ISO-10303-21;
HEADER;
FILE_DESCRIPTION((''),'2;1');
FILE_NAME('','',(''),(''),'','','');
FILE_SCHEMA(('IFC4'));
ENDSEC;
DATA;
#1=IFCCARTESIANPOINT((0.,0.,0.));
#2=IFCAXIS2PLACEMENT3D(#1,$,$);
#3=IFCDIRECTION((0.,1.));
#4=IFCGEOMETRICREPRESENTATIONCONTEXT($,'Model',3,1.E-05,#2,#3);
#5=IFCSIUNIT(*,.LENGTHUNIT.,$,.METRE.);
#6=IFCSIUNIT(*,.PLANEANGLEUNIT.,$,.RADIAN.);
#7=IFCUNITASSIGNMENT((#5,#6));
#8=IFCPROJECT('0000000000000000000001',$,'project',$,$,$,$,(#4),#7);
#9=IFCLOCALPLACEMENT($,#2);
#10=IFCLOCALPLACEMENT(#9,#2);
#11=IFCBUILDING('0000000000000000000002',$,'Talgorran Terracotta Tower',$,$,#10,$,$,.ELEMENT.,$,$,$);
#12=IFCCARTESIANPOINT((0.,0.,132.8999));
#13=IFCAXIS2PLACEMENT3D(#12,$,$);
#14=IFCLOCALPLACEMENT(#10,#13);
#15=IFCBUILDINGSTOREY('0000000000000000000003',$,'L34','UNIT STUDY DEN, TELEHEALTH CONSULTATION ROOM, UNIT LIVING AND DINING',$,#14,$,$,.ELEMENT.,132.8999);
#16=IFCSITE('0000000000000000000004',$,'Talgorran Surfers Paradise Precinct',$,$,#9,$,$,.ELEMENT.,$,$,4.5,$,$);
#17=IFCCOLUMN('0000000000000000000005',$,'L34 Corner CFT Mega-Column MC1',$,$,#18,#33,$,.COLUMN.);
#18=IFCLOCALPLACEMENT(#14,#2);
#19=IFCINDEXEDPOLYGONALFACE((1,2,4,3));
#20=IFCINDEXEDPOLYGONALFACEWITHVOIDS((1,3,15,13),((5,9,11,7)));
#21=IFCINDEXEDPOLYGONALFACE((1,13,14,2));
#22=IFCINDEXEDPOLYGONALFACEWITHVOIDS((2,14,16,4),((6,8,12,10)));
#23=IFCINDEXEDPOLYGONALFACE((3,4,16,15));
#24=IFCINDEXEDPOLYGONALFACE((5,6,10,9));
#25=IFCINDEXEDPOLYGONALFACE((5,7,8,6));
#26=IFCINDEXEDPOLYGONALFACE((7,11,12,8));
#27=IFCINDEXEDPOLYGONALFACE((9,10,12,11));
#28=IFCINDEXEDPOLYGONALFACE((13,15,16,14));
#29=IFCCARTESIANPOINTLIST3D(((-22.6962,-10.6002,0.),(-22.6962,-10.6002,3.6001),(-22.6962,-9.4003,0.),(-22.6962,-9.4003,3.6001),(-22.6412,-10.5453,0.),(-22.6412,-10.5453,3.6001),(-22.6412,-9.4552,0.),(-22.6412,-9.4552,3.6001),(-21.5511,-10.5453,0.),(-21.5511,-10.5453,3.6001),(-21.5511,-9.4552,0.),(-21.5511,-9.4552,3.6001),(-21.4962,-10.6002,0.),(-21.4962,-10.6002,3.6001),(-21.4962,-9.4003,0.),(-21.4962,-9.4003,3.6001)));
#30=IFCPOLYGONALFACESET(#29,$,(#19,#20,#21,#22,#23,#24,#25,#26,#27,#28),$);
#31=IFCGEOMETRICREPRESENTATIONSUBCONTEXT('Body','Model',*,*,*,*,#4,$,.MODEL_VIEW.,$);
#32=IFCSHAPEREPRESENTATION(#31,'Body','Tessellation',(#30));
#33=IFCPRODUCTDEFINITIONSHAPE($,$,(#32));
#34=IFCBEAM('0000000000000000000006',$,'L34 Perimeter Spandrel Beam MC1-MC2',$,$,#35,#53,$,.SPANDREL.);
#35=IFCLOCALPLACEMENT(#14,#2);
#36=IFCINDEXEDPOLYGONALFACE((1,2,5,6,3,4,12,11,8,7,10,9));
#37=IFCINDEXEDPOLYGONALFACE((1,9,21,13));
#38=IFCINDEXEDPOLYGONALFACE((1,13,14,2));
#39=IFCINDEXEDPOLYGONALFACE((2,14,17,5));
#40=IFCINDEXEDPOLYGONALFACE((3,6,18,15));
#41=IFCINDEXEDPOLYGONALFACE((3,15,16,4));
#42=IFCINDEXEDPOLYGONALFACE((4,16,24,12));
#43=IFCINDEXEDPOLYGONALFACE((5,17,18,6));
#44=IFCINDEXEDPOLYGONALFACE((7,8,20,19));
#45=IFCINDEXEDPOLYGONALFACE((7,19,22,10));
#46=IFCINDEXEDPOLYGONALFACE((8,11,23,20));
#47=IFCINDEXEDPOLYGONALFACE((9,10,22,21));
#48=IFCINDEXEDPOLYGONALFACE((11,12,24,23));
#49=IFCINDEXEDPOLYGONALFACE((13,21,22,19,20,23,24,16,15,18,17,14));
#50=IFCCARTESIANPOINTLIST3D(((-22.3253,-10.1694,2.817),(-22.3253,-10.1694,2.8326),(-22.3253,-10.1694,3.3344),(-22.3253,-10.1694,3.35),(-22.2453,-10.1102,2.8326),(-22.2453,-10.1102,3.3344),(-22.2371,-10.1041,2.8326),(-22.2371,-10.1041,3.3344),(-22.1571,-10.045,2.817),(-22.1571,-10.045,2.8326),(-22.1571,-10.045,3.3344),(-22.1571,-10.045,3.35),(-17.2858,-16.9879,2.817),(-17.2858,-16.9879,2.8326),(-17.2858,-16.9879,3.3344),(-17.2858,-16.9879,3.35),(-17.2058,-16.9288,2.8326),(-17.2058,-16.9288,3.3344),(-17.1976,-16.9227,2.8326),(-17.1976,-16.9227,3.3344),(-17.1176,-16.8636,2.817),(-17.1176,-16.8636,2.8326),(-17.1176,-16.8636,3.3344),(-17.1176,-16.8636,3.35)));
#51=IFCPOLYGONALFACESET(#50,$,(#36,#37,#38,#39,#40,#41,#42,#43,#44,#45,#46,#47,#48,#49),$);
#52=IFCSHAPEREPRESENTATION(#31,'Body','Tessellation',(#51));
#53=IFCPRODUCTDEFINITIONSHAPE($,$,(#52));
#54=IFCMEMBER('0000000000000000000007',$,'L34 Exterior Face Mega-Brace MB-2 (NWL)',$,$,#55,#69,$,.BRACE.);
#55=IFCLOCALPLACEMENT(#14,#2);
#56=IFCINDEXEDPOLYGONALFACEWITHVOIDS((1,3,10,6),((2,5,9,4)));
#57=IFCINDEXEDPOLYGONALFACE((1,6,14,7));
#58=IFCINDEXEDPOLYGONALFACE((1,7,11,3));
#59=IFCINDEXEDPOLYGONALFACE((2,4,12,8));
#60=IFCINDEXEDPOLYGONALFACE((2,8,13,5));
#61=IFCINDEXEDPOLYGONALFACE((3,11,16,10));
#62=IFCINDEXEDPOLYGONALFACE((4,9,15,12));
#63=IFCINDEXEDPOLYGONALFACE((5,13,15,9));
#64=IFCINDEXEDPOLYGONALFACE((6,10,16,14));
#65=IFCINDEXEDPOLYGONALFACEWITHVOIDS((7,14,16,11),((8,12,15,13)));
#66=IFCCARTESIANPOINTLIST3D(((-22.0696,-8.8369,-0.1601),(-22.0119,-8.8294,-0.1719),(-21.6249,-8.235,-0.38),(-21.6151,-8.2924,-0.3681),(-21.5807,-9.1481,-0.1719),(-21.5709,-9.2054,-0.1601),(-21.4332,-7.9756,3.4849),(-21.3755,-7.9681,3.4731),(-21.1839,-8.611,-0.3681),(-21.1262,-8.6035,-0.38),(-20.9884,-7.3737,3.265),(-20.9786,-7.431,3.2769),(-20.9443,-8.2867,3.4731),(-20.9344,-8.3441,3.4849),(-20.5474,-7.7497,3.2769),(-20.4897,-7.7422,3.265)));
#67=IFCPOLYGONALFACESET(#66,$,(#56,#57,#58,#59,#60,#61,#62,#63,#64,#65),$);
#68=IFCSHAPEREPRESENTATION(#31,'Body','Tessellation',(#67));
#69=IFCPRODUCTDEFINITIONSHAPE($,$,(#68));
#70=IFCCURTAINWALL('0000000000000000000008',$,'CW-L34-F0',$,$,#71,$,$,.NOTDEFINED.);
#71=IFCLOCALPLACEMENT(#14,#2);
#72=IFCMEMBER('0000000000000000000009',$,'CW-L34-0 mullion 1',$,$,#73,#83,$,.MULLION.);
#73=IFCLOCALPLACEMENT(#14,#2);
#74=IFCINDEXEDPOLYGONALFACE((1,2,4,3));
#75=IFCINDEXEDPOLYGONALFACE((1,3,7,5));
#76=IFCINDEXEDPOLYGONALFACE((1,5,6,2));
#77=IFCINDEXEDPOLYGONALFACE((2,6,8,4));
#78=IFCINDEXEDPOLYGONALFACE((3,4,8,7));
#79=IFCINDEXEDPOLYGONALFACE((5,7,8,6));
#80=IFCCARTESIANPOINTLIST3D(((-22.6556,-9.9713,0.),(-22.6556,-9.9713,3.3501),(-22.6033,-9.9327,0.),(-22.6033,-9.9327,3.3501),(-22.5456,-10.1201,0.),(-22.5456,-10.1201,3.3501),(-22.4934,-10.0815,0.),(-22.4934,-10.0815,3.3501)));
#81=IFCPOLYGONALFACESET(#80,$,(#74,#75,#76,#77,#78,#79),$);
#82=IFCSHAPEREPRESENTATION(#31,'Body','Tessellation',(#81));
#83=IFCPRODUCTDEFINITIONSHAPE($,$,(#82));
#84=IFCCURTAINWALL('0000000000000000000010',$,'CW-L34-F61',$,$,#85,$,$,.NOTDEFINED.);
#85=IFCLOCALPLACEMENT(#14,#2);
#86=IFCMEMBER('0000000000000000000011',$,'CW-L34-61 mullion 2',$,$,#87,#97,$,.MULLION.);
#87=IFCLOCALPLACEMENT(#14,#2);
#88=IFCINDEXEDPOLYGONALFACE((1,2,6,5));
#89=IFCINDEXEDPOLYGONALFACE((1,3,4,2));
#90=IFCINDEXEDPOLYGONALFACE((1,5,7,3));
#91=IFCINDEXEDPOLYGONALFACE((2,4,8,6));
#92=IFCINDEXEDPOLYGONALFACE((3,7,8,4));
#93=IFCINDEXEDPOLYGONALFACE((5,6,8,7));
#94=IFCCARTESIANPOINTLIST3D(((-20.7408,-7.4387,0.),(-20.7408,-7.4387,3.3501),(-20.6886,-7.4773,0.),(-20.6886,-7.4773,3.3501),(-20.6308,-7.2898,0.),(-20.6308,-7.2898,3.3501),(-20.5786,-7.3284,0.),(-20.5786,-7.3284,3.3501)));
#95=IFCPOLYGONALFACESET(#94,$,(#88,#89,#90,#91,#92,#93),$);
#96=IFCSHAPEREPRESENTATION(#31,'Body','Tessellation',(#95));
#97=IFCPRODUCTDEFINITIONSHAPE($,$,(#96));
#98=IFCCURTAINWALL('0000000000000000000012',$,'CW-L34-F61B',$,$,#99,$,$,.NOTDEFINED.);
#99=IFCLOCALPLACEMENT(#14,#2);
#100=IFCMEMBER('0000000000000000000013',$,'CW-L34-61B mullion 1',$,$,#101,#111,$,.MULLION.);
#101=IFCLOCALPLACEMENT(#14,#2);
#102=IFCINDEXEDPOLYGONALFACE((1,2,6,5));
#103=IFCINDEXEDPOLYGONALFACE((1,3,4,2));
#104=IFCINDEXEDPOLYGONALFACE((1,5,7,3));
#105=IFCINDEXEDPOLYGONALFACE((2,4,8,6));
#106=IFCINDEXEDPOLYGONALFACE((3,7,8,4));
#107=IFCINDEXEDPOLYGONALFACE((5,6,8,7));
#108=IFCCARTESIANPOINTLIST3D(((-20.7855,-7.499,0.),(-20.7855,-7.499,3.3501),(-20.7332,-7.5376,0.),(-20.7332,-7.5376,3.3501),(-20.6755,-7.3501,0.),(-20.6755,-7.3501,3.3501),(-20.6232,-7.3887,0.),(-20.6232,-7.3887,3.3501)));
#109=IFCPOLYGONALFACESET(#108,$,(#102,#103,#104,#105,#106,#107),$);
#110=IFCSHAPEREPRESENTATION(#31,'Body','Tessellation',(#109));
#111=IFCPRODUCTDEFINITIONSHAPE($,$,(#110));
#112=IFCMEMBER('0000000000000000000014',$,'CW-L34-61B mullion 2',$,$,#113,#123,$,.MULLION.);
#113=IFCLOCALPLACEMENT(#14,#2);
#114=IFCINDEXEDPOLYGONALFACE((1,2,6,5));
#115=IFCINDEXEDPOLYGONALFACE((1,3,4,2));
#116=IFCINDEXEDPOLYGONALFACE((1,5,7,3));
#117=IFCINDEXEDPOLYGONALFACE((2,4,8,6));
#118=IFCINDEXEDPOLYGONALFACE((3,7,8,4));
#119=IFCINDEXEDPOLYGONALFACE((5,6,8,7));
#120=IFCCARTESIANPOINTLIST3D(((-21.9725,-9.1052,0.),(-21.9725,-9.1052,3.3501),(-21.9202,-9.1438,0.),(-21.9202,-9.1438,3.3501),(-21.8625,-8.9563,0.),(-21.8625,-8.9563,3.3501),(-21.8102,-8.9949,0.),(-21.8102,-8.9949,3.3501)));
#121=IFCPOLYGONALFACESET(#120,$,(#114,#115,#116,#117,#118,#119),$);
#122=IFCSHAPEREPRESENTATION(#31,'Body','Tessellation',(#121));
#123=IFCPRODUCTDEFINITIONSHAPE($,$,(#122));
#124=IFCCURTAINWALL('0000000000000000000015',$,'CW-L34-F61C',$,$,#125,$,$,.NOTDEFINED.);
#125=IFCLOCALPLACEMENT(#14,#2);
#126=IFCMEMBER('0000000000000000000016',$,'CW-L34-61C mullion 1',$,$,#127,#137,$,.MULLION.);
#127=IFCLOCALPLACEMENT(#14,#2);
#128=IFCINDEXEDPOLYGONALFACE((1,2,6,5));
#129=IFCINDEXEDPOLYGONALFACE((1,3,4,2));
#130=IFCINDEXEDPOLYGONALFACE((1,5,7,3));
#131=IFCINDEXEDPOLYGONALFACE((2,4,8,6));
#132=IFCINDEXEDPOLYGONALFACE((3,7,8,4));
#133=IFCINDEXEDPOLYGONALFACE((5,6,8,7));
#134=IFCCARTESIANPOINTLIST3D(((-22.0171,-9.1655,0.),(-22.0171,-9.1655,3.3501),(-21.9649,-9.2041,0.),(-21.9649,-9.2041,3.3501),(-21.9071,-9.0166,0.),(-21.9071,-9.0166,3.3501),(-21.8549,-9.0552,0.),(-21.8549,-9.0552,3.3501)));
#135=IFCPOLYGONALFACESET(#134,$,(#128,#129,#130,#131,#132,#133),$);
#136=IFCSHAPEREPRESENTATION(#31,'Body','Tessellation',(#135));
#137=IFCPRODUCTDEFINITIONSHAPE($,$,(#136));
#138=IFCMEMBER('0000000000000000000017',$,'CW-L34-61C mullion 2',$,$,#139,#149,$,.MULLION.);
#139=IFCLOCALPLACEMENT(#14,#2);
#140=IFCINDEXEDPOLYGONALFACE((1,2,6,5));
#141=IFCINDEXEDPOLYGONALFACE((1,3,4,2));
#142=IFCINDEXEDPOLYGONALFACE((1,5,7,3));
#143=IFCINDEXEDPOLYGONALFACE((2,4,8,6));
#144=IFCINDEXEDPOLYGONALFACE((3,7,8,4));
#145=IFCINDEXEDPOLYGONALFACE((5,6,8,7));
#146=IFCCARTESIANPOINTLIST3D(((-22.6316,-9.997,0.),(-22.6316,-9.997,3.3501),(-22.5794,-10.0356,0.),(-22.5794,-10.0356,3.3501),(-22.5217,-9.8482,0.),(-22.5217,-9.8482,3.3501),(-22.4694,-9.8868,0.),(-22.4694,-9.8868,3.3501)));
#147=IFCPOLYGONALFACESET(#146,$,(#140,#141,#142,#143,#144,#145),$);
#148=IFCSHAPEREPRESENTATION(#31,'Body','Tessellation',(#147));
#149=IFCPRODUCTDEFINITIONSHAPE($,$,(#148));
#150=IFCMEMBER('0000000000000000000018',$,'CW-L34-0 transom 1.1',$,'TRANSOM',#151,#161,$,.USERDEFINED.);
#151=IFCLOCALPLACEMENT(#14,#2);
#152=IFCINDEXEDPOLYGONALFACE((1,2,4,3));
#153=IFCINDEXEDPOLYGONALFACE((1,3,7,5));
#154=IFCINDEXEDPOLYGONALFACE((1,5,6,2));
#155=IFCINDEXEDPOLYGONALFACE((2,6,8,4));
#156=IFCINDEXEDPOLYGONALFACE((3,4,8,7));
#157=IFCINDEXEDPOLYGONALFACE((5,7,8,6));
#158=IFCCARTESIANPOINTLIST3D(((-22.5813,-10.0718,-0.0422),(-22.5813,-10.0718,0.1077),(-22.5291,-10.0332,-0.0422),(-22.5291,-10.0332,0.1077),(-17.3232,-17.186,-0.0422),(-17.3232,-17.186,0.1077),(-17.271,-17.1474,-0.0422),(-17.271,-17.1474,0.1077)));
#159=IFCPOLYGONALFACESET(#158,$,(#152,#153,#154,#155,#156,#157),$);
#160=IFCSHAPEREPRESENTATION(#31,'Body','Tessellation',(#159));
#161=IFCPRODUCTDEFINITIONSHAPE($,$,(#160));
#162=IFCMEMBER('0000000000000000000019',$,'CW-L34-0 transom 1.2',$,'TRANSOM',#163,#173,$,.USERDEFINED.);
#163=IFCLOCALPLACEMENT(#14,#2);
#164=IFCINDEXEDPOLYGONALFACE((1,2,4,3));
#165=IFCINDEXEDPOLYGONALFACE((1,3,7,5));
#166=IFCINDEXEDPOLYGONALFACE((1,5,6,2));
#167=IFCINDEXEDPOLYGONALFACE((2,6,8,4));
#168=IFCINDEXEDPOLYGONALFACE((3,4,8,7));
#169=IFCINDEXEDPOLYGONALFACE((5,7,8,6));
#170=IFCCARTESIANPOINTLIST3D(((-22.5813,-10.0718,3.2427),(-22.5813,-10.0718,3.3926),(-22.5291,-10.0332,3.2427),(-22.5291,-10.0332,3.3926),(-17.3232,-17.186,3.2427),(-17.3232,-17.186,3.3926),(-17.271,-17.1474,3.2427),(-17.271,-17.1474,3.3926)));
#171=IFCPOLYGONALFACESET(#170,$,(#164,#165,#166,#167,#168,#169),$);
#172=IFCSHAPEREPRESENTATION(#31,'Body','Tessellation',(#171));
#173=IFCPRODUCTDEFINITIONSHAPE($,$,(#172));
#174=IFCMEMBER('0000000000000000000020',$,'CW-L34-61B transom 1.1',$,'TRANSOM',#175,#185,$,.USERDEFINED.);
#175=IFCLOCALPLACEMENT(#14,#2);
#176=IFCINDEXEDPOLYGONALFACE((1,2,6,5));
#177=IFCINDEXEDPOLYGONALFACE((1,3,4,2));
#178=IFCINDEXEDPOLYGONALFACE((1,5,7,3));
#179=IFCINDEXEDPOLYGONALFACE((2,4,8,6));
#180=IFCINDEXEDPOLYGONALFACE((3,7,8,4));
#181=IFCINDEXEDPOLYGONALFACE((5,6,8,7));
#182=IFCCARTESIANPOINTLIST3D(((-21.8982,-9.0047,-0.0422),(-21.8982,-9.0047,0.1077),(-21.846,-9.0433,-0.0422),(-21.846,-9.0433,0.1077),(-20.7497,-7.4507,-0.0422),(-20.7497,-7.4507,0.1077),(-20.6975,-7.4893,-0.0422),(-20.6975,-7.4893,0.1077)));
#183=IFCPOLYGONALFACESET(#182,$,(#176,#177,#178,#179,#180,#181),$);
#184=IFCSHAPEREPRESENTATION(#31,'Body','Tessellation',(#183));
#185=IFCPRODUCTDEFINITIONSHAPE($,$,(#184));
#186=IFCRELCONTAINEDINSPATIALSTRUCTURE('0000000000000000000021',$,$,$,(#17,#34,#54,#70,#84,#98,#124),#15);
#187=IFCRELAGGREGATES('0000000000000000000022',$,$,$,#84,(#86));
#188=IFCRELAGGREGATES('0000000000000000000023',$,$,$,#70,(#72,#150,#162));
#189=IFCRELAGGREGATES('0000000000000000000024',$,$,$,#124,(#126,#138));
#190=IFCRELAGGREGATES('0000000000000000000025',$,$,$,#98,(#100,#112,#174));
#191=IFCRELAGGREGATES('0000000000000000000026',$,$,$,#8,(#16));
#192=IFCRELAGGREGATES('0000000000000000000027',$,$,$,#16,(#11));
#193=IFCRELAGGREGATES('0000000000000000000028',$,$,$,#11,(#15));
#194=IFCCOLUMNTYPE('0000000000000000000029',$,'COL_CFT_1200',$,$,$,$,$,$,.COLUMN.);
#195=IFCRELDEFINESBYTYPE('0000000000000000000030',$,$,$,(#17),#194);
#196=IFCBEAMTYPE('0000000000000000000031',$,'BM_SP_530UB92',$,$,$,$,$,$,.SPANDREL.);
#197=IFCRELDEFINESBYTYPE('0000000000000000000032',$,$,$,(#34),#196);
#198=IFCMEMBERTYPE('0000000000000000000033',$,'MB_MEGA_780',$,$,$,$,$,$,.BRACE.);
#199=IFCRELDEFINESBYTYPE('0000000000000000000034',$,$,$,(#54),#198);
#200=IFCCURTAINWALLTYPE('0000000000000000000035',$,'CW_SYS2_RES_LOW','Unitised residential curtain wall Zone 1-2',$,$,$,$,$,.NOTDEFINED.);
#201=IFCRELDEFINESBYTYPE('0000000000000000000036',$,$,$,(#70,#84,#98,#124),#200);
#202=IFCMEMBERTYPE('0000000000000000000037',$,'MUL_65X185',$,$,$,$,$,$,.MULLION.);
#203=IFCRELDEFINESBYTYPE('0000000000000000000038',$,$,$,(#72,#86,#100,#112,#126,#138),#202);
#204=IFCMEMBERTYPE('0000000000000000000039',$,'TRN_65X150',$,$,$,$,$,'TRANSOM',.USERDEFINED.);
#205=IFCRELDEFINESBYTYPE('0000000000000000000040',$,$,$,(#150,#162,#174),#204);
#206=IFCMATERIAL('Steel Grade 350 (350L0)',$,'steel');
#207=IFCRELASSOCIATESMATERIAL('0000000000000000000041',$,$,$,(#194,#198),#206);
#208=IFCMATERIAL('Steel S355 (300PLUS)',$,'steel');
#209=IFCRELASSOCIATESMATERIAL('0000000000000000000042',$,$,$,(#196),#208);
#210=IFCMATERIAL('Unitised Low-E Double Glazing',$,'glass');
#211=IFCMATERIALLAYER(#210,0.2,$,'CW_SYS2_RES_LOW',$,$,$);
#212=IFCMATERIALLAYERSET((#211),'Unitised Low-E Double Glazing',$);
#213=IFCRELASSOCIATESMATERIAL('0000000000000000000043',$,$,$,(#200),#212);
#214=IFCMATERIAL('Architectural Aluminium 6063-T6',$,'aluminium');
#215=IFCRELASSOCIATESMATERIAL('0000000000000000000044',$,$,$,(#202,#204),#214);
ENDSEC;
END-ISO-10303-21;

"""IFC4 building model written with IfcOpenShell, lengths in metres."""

from ifc_helpers import new_model, si_unit, direction, frame, origin, origin_2d, place, context, subcontext, project, spatial, rectangle, hollow_rectangle, i_section, extrude, material, layer, layer_set, material_profile, profile_set, type_object, element, aggregate, save


model = new_model("IFC4")

# Units and contexts
model_context = context("Model", 3, precision=1e-05, world=origin(), true_north=direction((0.0, 1.0)))
body_context = subcontext(model_context, "Body", "Model", "MODEL_VIEW")
ifc_project = project(units=[si_unit("LENGTHUNIT", "METRE"), si_unit("PLANEANGLEUNIT", "RADIAN")], contexts=[model_context])

# Site, building, storey
site_placement = place(None, origin())
site = spatial("IfcSite", under=ifc_project, at=site_placement, Name="Talgorran Surfers Paradise Precinct", CompositionType="ELEMENT", RefElevation=4.5)
building_placement = place(site_placement, origin())
building = spatial("IfcBuilding", under=site, at=building_placement, Name="Talgorran Terracotta Tower", CompositionType="ELEMENT")
storey_placement = place(building_placement, frame((0.0, 0.0, 132.8999)))
storey = spatial("IfcBuildingStorey", under=building, at=storey_placement, Name="L34", Description="UNIT STUDY DEN, TELEHEALTH CONSULTATION ROOM, UNIT LIVING AND DINING", CompositionType="ELEMENT", Elevation=132.8999)

# Column
ifc_material_1 = material(Name="Steel Grade 350 (350L0)", Category="steel")
ifc_material_profile_1 = material_profile(ifc_material_1, hollow_rectangle(XDim=1.2, YDim=1.2, WallThickness=0.0549, at=origin_2d()), Name="CFT1200X1200X55")
ifc_profile_set_1 = profile_set([ifc_material_profile_1], Name="Steel Grade 350 (350L0)")
column_type = type_object("IfcColumnType", Name="COL_CFT_1200", PredefinedType="COLUMN", material=ifc_profile_set_1)
column_placement = place(storey_placement, frame((-22.0962, -10.0002, 0.0), z_axis=(0.0, 0.0, 1.0), x_axis=(1.0, 0.0, 0.0)))
element("IfcColumn", 1, at=column_placement, inside=storey, type_object=column_type, Name="L34 Corner CFT Mega-Column MC1", PredefinedType="COLUMN", context=body_context, shape_type="SweptSolid", body=[
    extrude(hollow_rectangle(XDim=1.2, YDim=1.2, WallThickness=0.0549, at=origin_2d()), origin(), (0.0, 0.0, 1.0), 3.6001),
])

# Beam
ifc_material_2 = material(Name="Steel S355 (300PLUS)", Category="steel")
ifc_material_profile_2 = material_profile(ifc_material_2, i_section(OverallWidth=0.2092, OverallDepth=0.533, WebThickness=0.0103, FlangeThickness=0.0156, at=origin_2d()), Name="530UB92.4")
ifc_profile_set_2 = profile_set([ifc_material_profile_2], Name="Steel S355 (300PLUS)")
beam_type = type_object("IfcBeamType", Name="BM_SP_530UB92", PredefinedType="SPANDREL", material=ifc_profile_set_2)
beam_placement = place(storey_placement, frame((-22.2412, -10.1072, 3.0835), z_axis=(0.594369, -0.804192, 0.0), x_axis=(0.804192, 0.594369, 0.0)))
element("IfcBeam", 2, at=beam_placement, inside=storey, type_object=beam_type, Name="L34 Perimeter Spandrel Beam MC1-MC2", PredefinedType="SPANDREL", context=body_context, shape_type="SweptSolid", body=[
    extrude(i_section(OverallWidth=0.2092, OverallDepth=0.533, WebThickness=0.0103, FlangeThickness=0.0156, at=origin_2d()), origin(), (0.0, 0.0, 1.0), 8.4788),
])

# Member
ifc_material_profile_3 = material_profile(ifc_material_1, hollow_rectangle(XDim=0.6201, YDim=0.78, WallThickness=0.042, at=origin_2d()), Name="WBOX780X620X42")
ifc_profile_set_3 = profile_set([ifc_material_profile_3], Name="Steel Grade 350 (350L0)")
member_type_1 = type_object("IfcMemberType", Name="MB_MEGA_780", PredefinedType="BRACE", material=ifc_profile_set_3)
member_1_placement = place(storey_placement, frame((-21.5979, -8.7202, -0.27), z_axis=(0.167533, 0.226719, 0.959443), x_axis=(-0.804247, 0.594295, 0.0)))
element("IfcMember", 3, at=member_1_placement, inside=storey, type_object=member_type_1, Name="L34 Exterior Face Mega-Brace MB-2 (NWL)", PredefinedType="BRACE", context=body_context, shape_type="SweptSolid", body=[
    extrude(hollow_rectangle(XDim=0.6201, YDim=0.78, WallThickness=0.042, at=origin_2d()), origin(), (0.0, 0.0, 1.0), 3.7991),
])

# Curtain walls, members
ifc_material_3 = material(Name="Unitised Low-E Double Glazing", Category="glass")
ifc_layer_1 = layer(ifc_material_3, 0.2, Name="CW_SYS2_RES_LOW")
ifc_layer_set_1 = layer_set([ifc_layer_1], Name="Unitised Low-E Double Glazing")
curtain_wall_type = type_object("IfcCurtainWallType", Name="CW_SYS2_RES_LOW", Description="Unitised residential curtain wall Zone 1-2", PredefinedType="NOTDEFINED", material=ifc_layer_set_1)
curtain_wall_1_placement = place(storey_placement, origin())
curtain_wall_1 = element("IfcCurtainWall", 4, at=curtain_wall_1_placement, inside=storey, type_object=curtain_wall_type, Name="CW-L34-F0", PredefinedType="NOTDEFINED")
ifc_material_4 = material(Name="Architectural Aluminium 6063-T6", Category="aluminium")
ifc_material_profile_4 = material_profile(ifc_material_4, rectangle(XDim=0.0649, YDim=0.1851, at=origin_2d()), Name="CWM65X185")
ifc_profile_set_4 = profile_set([ifc_material_profile_4], Name="Architectural Aluminium 6063-T6")
member_type_2 = type_object("IfcMemberType", Name="MUL_65X185", PredefinedType="MULLION", material=ifc_profile_set_4)
member_2_placement = place(storey_placement, frame((-22.5745, -10.0264, 0.0), z_axis=(0.0, 0.0, 1.0), x_axis=(0.804201, 0.594358, 0.0)))
member_2 = element("IfcMember", 5, at=member_2_placement, type_object=member_type_2, Name="CW-L34-0 mullion 1", PredefinedType="MULLION", context=body_context, shape_type="SweptSolid", body=[
    extrude(rectangle(XDim=0.0649, YDim=0.1851, at=origin_2d()), origin(), (0.0, 0.0, 1.0), 3.3501),
])
curtain_wall_2_placement = place(storey_placement, origin())
curtain_wall_2 = element("IfcCurtainWall", 6, at=curtain_wall_2_placement, inside=storey, type_object=curtain_wall_type, Name="CW-L34-F61", PredefinedType="NOTDEFINED")
member_3_placement = place(storey_placement, frame((-20.6597, -7.3835, 0.0), z_axis=(0.0, 0.0, 1.0), x_axis=(0.804198, -0.594362, 0.0)))
member_3 = element("IfcMember", 7, at=member_3_placement, type_object=member_type_2, Name="CW-L34-61 mullion 2", PredefinedType="MULLION", context=body_context, shape_type="SweptSolid", body=[
    extrude(rectangle(XDim=0.0649, YDim=0.1851, at=origin_2d()), origin(), (0.0, 0.0, 1.0), 3.3501),
])
aggregate(curtain_wall_2, [member_3])

# Curtain walls, members
curtain_wall_3_placement = place(storey_placement, origin())
curtain_wall_3 = element("IfcCurtainWall", 8, at=curtain_wall_3_placement, inside=storey, type_object=curtain_wall_type, Name="CW-L34-F61B", PredefinedType="NOTDEFINED")
member_4_placement = place(storey_placement, frame((-20.7043, -7.4438, 0.0), z_axis=(0.0, 0.0, 1.0), x_axis=(0.80421, -0.594345, 0.0)))
member_4 = element("IfcMember", 9, at=member_4_placement, type_object=member_type_2, Name="CW-L34-61B mullion 1", PredefinedType="MULLION", context=body_context, shape_type="SweptSolid", body=[
    extrude(rectangle(XDim=0.0649, YDim=0.1851, at=origin_2d()), origin(), (0.0, 0.0, 1.0), 3.3501),
])
member_5_placement = place(storey_placement, frame((-21.8914, -9.05, 0.0), z_axis=(0.0, 0.0, 1.0), x_axis=(0.80421, -0.594345, 0.0)))
member_5 = element("IfcMember", 10, at=member_5_placement, type_object=member_type_2, Name="CW-L34-61B mullion 2", PredefinedType="MULLION", context=body_context, shape_type="SweptSolid", body=[
    extrude(rectangle(XDim=0.0649, YDim=0.1851, at=origin_2d()), origin(), (0.0, 0.0, 1.0), 3.3501),
])
curtain_wall_4_placement = place(storey_placement, origin())
curtain_wall_4 = element("IfcCurtainWall", 11, at=curtain_wall_4_placement, inside=storey, type_object=curtain_wall_type, Name="CW-L34-F61C", PredefinedType="NOTDEFINED")
member_6_placement = place(storey_placement, frame((-21.936, -9.1104, 0.0), z_axis=(0.0, 0.0, 1.0), x_axis=(0.804184, -0.594381, 0.0)))
member_6 = element("IfcMember", 12, at=member_6_placement, type_object=member_type_2, Name="CW-L34-61C mullion 1", PredefinedType="MULLION", context=body_context, shape_type="SweptSolid", body=[
    extrude(rectangle(XDim=0.0649, YDim=0.1851, at=origin_2d()), origin(), (0.0, 0.0, 1.0), 3.3501),
])
member_7_placement = place(storey_placement, frame((-22.5505, -9.9419, 0.0), z_axis=(0.0, 0.0, 1.0), x_axis=(0.804184, -0.594381, 0.0)))
member_7 = element("IfcMember", 13, at=member_7_placement, type_object=member_type_2, Name="CW-L34-61C mullion 2", PredefinedType="MULLION", context=body_context, shape_type="SweptSolid", body=[
    extrude(rectangle(XDim=0.0649, YDim=0.1851, at=origin_2d()), origin(), (0.0, 0.0, 1.0), 3.3501),
])

# Members
ifc_material_profile_5 = material_profile(ifc_material_4, rectangle(XDim=0.0649, YDim=0.1499, at=origin_2d()), Name="CWT65X150")
ifc_profile_set_5 = profile_set([ifc_material_profile_5], Name="Architectural Aluminium 6063-T6")
member_type_3 = type_object("IfcMemberType", Name="TRN_65X150", ElementType="TRANSOM", PredefinedType="USERDEFINED", material=ifc_profile_set_5)
member_8_placement = place(storey_placement, frame((-22.5552, -10.0525, 0.0327), z_axis=(0.594369, -0.804193, 0.0), x_axis=(0.804193, 0.594369, 0.0)))
member_8 = element("IfcMember", 14, at=member_8_placement, type_object=member_type_3, Name="CW-L34-0 transom 1.1", ObjectType="TRANSOM", PredefinedType="USERDEFINED", context=body_context, shape_type="SweptSolid", body=[
    extrude(rectangle(XDim=0.0649, YDim=0.1499, at=origin_2d()), origin(), (0.0, 0.0, 1.0), 8.8464),
])
member_9_placement = place(storey_placement, frame((-22.5552, -10.0525, 3.3176), z_axis=(0.594369, -0.804193, 0.0), x_axis=(0.804193, 0.594369, 0.0)))
member_9 = element("IfcMember", 15, at=member_9_placement, type_object=member_type_3, Name="CW-L34-0 transom 1.2", ObjectType="TRANSOM", PredefinedType="USERDEFINED", context=body_context, shape_type="SweptSolid", body=[
    extrude(rectangle(XDim=0.0649, YDim=0.1499, at=origin_2d()), origin(), (0.0, 0.0, 1.0), 8.8464),
])
aggregate(curtain_wall_1, [member_2, member_8, member_9])
member_10_placement = place(storey_placement, frame((-20.7236, -7.47, 0.0327), z_axis=(-0.594345, -0.80421, 0.0), x_axis=(0.80421, -0.594345, 0.0)))
member_10 = element("IfcMember", 16, at=member_10_placement, type_object=member_type_3, Name="CW-L34-61B transom 1.1", ObjectType="TRANSOM", PredefinedType="USERDEFINED", context=body_context, shape_type="SweptSolid", body=[
    extrude(rectangle(XDim=0.0649, YDim=0.1499, at=origin_2d()), origin(), (0.0, 0.0, 1.0), 1.9324),
])

aggregate(curtain_wall_4, [member_6, member_7])
aggregate(curtain_wall_3, [member_4, member_5, member_10])

save(model, "model.ifc")
